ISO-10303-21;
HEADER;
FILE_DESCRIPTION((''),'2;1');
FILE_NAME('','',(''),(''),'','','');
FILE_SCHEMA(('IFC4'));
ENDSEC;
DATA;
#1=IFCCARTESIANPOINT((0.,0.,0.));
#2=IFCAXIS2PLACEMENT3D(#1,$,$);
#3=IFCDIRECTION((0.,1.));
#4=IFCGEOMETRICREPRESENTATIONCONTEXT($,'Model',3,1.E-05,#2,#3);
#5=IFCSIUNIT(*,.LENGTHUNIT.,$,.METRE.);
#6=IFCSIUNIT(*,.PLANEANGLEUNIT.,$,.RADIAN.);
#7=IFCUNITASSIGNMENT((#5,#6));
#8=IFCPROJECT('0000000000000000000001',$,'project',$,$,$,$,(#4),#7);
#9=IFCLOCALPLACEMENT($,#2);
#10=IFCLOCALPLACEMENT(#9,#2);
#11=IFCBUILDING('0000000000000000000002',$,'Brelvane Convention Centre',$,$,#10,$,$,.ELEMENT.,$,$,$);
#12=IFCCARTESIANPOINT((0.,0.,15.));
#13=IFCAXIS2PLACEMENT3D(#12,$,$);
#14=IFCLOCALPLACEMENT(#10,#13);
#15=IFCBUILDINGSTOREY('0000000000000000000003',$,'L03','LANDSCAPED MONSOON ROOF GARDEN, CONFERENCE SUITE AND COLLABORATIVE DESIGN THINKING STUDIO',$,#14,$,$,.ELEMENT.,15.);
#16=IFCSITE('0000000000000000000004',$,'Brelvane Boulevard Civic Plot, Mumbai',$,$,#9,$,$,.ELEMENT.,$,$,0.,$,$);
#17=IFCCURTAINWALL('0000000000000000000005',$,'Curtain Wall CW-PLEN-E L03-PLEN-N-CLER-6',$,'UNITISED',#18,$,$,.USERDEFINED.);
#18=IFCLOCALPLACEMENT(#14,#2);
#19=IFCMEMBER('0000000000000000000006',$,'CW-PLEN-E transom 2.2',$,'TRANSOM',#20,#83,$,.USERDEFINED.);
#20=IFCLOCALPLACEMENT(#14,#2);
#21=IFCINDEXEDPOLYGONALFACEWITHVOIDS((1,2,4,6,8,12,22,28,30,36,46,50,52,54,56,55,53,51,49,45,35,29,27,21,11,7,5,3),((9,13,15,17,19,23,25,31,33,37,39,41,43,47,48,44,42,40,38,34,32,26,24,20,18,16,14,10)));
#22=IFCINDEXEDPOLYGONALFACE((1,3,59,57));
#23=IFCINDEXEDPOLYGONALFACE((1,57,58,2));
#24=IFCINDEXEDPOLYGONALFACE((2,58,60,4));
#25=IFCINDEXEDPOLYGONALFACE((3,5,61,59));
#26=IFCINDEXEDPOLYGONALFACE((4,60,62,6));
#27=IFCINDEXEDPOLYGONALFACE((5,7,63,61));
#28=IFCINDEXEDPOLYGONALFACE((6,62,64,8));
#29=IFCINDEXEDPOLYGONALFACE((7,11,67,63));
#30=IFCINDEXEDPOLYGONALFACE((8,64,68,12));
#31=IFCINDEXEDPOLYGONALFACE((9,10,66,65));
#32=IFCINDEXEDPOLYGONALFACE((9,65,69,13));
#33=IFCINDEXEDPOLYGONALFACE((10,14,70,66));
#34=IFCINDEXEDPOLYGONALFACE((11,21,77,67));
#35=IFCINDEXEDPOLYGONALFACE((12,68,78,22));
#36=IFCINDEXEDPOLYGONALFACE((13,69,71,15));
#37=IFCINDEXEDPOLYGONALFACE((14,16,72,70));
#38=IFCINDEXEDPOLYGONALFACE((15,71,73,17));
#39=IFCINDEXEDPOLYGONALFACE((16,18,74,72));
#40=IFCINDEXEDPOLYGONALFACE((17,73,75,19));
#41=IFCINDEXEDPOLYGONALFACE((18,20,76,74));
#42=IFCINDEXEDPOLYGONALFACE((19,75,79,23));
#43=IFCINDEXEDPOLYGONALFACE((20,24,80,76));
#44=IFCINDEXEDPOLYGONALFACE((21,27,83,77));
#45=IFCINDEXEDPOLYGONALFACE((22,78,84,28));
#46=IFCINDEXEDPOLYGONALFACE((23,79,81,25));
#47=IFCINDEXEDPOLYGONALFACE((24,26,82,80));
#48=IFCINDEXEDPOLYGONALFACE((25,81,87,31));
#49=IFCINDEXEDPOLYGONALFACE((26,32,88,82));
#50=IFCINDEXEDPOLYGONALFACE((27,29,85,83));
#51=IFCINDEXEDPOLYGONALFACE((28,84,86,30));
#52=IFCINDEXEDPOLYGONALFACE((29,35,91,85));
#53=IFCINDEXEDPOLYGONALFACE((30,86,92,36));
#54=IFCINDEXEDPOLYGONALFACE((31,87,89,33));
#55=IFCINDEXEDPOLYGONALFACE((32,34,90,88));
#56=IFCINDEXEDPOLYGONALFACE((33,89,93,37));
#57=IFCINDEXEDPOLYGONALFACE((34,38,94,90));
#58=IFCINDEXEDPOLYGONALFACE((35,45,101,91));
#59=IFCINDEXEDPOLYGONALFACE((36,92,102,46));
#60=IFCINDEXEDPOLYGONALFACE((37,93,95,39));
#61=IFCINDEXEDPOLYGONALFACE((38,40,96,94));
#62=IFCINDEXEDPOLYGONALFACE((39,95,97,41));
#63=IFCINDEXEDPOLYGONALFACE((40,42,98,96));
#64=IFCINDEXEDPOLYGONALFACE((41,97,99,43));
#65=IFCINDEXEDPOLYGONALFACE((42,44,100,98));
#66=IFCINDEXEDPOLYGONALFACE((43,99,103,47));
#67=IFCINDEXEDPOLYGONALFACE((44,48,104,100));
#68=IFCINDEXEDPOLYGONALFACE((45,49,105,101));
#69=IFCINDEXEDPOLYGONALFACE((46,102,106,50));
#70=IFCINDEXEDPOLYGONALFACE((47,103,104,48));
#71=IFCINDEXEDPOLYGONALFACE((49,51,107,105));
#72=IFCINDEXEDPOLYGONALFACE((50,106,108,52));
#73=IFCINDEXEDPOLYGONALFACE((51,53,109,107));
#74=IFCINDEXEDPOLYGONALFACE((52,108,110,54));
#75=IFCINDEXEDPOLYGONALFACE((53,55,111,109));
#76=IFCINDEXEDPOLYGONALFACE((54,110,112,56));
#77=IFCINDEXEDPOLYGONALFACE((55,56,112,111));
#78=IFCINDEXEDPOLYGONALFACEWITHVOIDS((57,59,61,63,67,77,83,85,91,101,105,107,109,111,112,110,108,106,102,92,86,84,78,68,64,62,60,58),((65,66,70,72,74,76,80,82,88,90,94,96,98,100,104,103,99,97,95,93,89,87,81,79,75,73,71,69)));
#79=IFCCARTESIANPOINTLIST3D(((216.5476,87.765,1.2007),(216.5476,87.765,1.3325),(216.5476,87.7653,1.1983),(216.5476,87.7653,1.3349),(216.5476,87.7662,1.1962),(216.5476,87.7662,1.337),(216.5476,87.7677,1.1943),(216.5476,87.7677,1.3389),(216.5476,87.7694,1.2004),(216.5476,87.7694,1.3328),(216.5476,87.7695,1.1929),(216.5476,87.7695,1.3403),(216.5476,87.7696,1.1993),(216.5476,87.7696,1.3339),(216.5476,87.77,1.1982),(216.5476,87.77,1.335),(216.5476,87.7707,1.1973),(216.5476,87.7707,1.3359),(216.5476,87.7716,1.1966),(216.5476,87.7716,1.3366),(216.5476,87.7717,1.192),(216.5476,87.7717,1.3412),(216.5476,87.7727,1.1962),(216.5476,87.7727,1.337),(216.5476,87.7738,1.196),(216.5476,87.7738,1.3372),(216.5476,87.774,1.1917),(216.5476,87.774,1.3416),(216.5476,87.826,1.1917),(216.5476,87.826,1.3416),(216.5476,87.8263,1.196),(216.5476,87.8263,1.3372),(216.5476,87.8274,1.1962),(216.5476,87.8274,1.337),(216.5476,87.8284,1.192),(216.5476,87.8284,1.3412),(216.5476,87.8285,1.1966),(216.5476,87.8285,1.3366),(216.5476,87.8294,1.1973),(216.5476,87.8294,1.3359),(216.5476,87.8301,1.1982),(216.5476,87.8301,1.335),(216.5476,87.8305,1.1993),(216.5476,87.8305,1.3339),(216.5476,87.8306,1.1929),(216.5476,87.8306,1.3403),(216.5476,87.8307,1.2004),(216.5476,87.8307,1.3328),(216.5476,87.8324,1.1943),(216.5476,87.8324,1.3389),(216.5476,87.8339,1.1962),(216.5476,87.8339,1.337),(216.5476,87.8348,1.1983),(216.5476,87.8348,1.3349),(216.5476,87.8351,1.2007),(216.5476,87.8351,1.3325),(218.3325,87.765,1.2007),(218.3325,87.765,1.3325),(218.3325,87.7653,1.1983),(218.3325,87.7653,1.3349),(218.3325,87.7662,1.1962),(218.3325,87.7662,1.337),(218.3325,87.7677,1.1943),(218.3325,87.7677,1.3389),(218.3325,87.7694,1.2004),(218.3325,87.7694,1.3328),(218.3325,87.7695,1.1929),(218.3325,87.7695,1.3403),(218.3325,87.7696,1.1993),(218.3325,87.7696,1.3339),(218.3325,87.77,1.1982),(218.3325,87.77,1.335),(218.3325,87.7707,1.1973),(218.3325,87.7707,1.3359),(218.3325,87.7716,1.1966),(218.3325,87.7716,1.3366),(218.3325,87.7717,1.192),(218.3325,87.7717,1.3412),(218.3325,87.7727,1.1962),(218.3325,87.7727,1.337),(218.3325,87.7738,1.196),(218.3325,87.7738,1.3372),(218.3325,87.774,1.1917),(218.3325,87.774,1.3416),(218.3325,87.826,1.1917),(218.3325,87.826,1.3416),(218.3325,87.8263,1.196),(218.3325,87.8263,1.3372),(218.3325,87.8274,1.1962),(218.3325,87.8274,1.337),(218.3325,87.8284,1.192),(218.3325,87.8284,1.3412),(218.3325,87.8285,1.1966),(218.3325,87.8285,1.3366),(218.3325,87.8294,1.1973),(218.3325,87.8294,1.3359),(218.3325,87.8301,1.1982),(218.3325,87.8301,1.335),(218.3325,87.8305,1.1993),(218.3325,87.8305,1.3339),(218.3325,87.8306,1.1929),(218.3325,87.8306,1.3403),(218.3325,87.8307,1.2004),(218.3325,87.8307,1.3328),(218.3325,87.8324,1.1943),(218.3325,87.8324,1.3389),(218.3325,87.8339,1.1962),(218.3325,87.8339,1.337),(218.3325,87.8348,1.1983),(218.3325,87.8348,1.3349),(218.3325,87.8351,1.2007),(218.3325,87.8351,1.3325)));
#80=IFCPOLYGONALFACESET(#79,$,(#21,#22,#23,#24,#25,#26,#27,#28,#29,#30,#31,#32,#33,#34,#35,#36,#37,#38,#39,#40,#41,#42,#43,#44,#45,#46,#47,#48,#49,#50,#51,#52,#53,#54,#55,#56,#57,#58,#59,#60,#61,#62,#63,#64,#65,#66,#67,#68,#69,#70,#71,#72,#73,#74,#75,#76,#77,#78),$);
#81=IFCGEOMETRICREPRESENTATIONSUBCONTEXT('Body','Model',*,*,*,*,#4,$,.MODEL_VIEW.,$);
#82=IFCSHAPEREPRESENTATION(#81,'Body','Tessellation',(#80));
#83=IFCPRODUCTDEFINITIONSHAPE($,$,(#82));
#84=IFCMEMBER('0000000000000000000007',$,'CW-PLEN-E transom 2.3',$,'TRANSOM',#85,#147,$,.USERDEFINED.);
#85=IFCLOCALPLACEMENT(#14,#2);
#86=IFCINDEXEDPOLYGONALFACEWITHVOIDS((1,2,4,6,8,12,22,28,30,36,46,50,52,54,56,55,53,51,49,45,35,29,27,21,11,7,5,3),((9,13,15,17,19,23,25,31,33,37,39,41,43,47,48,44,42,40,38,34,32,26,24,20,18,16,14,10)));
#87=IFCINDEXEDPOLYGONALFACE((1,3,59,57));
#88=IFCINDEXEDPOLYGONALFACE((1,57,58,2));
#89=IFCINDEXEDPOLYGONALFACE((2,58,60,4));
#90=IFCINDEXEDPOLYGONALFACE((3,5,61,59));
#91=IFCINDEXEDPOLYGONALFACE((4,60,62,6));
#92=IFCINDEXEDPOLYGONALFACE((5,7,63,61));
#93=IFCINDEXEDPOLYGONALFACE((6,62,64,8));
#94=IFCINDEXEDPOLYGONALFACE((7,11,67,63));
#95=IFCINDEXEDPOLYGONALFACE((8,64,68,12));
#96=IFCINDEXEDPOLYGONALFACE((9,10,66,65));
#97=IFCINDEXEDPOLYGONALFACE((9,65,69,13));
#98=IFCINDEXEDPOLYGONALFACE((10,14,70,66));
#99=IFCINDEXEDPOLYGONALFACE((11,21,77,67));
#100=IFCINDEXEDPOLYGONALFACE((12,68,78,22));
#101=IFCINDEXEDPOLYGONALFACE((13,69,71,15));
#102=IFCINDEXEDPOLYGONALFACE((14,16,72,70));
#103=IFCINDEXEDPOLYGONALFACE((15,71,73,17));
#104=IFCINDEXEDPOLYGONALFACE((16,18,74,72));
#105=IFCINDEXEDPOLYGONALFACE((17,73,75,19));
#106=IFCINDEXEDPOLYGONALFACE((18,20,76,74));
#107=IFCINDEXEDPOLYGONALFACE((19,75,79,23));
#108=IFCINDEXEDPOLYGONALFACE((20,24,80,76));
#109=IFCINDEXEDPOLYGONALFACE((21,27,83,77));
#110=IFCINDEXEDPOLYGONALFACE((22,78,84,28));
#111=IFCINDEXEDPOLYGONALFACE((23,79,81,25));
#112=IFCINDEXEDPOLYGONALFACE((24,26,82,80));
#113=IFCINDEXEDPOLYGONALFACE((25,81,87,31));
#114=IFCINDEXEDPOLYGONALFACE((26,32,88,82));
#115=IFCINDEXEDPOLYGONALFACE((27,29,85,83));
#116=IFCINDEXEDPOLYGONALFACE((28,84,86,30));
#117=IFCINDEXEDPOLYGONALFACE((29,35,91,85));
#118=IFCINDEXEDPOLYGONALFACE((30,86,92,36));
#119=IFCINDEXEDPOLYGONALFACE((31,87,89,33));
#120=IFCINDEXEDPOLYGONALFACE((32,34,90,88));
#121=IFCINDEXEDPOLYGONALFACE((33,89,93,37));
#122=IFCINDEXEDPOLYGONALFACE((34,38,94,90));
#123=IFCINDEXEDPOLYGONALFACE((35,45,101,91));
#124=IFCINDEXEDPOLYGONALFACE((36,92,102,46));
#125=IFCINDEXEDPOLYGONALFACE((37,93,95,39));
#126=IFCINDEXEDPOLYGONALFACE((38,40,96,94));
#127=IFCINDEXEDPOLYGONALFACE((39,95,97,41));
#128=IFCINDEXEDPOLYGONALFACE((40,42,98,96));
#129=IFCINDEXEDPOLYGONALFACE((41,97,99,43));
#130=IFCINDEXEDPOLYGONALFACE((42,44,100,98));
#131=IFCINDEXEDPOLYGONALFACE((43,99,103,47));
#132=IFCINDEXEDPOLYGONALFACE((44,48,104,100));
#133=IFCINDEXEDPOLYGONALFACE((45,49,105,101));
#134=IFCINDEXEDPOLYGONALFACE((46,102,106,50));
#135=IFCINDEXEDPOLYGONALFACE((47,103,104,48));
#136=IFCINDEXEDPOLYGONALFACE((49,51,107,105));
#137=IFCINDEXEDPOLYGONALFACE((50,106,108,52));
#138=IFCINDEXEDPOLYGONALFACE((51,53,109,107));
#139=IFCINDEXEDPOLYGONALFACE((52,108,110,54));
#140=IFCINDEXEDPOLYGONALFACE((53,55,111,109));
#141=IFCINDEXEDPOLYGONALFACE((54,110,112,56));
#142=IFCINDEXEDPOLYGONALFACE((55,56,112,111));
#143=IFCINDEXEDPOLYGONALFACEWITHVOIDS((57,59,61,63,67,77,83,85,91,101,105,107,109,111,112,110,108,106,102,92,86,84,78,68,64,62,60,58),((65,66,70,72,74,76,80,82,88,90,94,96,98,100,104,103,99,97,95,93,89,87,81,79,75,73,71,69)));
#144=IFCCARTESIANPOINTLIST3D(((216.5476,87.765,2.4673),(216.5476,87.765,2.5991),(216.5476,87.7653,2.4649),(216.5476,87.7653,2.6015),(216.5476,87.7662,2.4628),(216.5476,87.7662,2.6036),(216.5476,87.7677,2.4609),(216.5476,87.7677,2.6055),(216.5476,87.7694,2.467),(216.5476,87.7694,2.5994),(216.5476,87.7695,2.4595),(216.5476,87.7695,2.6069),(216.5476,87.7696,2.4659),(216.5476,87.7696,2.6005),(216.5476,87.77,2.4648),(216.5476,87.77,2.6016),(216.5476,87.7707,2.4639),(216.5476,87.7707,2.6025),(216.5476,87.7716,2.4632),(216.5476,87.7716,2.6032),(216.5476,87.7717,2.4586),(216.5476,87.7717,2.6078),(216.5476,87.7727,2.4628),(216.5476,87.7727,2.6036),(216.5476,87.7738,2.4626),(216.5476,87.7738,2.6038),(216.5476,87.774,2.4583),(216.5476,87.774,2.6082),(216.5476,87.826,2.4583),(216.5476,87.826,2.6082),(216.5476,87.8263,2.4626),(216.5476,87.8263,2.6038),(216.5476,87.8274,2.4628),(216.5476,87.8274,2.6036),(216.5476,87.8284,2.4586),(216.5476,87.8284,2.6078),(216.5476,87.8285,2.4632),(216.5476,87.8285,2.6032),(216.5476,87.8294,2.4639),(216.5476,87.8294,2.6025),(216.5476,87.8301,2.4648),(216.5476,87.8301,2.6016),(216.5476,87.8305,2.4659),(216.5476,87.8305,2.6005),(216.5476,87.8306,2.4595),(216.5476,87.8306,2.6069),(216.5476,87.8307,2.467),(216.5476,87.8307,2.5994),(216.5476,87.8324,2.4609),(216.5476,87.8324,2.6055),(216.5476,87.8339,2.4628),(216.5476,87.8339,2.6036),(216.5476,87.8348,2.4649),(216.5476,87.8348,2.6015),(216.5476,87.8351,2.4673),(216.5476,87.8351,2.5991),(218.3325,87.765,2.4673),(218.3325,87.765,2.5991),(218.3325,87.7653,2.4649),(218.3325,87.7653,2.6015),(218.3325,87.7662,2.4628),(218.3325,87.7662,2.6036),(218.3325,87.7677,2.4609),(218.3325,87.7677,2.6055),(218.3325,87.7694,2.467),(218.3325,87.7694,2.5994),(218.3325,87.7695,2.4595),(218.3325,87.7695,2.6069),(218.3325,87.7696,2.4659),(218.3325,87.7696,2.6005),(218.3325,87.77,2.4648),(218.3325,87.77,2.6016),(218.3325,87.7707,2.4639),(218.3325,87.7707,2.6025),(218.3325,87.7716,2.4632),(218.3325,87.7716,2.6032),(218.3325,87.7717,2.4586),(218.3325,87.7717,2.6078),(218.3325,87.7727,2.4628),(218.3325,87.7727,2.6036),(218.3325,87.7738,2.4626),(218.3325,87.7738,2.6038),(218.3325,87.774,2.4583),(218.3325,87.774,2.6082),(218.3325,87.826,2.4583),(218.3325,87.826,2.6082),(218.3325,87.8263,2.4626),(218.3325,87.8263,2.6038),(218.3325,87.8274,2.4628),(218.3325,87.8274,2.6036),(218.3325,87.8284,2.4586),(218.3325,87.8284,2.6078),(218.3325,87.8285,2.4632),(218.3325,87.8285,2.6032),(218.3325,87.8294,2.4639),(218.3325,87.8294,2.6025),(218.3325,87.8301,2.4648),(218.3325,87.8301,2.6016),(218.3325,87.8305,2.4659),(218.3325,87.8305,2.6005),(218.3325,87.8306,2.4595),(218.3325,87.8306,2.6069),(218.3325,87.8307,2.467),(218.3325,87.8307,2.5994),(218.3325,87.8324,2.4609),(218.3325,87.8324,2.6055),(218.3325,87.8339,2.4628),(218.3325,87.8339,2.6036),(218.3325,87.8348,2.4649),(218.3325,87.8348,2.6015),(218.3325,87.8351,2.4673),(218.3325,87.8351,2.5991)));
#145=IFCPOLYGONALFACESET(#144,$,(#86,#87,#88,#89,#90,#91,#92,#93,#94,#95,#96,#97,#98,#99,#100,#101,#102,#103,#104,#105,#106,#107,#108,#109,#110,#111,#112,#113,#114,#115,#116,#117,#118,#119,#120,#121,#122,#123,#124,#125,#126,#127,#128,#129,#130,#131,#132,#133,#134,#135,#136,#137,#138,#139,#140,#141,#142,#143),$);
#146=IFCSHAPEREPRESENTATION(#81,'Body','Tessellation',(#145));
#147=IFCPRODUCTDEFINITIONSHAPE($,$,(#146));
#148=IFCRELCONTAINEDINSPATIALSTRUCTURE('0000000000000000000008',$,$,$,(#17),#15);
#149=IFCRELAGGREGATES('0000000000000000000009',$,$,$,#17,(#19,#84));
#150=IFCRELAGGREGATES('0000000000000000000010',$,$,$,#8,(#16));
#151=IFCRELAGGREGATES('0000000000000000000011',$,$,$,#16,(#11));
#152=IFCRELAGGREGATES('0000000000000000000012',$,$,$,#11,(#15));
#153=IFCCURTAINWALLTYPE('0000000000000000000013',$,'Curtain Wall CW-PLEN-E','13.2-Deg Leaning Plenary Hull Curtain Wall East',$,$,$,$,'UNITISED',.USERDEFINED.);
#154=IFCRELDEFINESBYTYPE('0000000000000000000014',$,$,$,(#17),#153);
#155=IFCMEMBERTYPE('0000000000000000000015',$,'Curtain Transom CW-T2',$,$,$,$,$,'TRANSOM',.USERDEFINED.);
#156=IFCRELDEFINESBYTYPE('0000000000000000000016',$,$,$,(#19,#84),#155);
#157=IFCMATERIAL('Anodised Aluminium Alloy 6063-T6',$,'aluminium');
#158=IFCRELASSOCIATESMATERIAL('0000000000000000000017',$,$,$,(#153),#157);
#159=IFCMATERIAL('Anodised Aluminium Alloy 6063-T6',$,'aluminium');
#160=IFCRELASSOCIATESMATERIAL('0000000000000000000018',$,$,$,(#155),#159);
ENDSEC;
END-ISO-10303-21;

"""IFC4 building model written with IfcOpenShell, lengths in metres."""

from ifc_helpers import new_model, si_unit, direction, frame, origin, origin_2d, place, context, subcontext, project, spatial, hollow_rectangle, extrude, material, material_profile, profile_set, type_object, element, aggregate, save


model = new_model("IFC4")

# Units and contexts
model_context = context("Model", 3, precision=1e-05, world=origin(), true_north=direction((0.0, 1.0)))
body_context = subcontext(model_context, "Body", "Model", "MODEL_VIEW")
ifc_project = project(units=[si_unit("LENGTHUNIT", "METRE"), si_unit("PLANEANGLEUNIT", "RADIAN")], contexts=[model_context])

# Site, building, storey
site_placement = place(None, origin())
site = spatial("IfcSite", under=ifc_project, at=site_placement, Name="Brelvane Boulevard Civic Plot, Mumbai", CompositionType="ELEMENT", RefElevation=0.0)
building_placement = place(site_placement, origin())
building = spatial("IfcBuilding", under=site, at=building_placement, Name="Brelvane Convention Centre", CompositionType="ELEMENT")
storey_placement = place(building_placement, frame((0.0, 0.0, 15.0)))
storey = spatial("IfcBuildingStorey", under=building, at=storey_placement, Name="L03", Description="LANDSCAPED MONSOON ROOF GARDEN, CONFERENCE SUITE AND COLLABORATIVE DESIGN THINKING STUDIO", CompositionType="ELEMENT", Elevation=15.0)

# Curtain wall, members
ifc_material_1 = material(Name="Anodised Aluminium Alloy 6063-T6", Category="aluminium")
curtain_wall_type = type_object("IfcCurtainWallType", Name="Curtain Wall CW-PLEN-E", Description="13.2-Deg Leaning Plenary Hull Curtain Wall East", ElementType="UNITISED", PredefinedType="USERDEFINED", material=ifc_material_1)
curtain_wall_placement = place(storey_placement, origin())
curtain_wall = element("IfcCurtainWall", 1, at=curtain_wall_placement, inside=storey, type_object=curtain_wall_type, Name="Curtain Wall CW-PLEN-E L03-PLEN-N-CLER-6", ObjectType="UNITISED", PredefinedType="USERDEFINED")
ifc_material_2 = material(Name="Anodised Aluminium Alloy 6063-T6", Category="aluminium")
ifc_material_profile_1 = material_profile(ifc_material_2, hollow_rectangle(XDim=0.0701, YDim=0.1499, WallThickness=0.0044, InnerFilletRadius=0.0044, OuterFilletRadius=0.009, at=origin_2d()), Name="ALU-T 150x70x4.5")
ifc_profile_set_1 = profile_set([ifc_material_profile_1], Name="Anodised Aluminium Alloy 6063-T6")
member_type_1 = type_object("IfcMemberType", Name="Curtain Transom CW-T2", ElementType="TRANSOM", PredefinedType="USERDEFINED", material=ifc_profile_set_1)
member_1_placement = place(storey_placement, frame((216.5476, 87.8, 1.2666), z_axis=(1.0, 0.0, 0.0), x_axis=(0.0, 1.0, 0.0)))
member_1 = element("IfcMember", 2, at=member_1_placement, type_object=member_type_1, Name="CW-PLEN-E transom 2.2", ObjectType="TRANSOM", PredefinedType="USERDEFINED", context=body_context, shape_type="SweptSolid", body=[
    extrude(hollow_rectangle(XDim=0.0701, YDim=0.1499, WallThickness=0.0044, InnerFilletRadius=0.0044, OuterFilletRadius=0.009, at=origin_2d()), origin(), (0.0, 0.0, 1.0), 1.7849),
])
member_2_placement = place(storey_placement, frame((216.5476, 87.8, 2.5332), z_axis=(1.0, 0.0, 0.0), x_axis=(0.0, 1.0, 0.0)))
member_2 = element("IfcMember", 3, at=member_2_placement, type_object=member_type_1, Name="CW-PLEN-E transom 2.3", ObjectType="TRANSOM", PredefinedType="USERDEFINED", context=body_context, shape_type="SweptSolid", body=[
    extrude(hollow_rectangle(XDim=0.0701, YDim=0.1499, WallThickness=0.0044, InnerFilletRadius=0.0044, OuterFilletRadius=0.009, at=origin_2d()), origin(), (0.0, 0.0, 1.0), 1.7849),
])
aggregate(curtain_wall, [member_1, member_2])

save(model, "model.ifc")
